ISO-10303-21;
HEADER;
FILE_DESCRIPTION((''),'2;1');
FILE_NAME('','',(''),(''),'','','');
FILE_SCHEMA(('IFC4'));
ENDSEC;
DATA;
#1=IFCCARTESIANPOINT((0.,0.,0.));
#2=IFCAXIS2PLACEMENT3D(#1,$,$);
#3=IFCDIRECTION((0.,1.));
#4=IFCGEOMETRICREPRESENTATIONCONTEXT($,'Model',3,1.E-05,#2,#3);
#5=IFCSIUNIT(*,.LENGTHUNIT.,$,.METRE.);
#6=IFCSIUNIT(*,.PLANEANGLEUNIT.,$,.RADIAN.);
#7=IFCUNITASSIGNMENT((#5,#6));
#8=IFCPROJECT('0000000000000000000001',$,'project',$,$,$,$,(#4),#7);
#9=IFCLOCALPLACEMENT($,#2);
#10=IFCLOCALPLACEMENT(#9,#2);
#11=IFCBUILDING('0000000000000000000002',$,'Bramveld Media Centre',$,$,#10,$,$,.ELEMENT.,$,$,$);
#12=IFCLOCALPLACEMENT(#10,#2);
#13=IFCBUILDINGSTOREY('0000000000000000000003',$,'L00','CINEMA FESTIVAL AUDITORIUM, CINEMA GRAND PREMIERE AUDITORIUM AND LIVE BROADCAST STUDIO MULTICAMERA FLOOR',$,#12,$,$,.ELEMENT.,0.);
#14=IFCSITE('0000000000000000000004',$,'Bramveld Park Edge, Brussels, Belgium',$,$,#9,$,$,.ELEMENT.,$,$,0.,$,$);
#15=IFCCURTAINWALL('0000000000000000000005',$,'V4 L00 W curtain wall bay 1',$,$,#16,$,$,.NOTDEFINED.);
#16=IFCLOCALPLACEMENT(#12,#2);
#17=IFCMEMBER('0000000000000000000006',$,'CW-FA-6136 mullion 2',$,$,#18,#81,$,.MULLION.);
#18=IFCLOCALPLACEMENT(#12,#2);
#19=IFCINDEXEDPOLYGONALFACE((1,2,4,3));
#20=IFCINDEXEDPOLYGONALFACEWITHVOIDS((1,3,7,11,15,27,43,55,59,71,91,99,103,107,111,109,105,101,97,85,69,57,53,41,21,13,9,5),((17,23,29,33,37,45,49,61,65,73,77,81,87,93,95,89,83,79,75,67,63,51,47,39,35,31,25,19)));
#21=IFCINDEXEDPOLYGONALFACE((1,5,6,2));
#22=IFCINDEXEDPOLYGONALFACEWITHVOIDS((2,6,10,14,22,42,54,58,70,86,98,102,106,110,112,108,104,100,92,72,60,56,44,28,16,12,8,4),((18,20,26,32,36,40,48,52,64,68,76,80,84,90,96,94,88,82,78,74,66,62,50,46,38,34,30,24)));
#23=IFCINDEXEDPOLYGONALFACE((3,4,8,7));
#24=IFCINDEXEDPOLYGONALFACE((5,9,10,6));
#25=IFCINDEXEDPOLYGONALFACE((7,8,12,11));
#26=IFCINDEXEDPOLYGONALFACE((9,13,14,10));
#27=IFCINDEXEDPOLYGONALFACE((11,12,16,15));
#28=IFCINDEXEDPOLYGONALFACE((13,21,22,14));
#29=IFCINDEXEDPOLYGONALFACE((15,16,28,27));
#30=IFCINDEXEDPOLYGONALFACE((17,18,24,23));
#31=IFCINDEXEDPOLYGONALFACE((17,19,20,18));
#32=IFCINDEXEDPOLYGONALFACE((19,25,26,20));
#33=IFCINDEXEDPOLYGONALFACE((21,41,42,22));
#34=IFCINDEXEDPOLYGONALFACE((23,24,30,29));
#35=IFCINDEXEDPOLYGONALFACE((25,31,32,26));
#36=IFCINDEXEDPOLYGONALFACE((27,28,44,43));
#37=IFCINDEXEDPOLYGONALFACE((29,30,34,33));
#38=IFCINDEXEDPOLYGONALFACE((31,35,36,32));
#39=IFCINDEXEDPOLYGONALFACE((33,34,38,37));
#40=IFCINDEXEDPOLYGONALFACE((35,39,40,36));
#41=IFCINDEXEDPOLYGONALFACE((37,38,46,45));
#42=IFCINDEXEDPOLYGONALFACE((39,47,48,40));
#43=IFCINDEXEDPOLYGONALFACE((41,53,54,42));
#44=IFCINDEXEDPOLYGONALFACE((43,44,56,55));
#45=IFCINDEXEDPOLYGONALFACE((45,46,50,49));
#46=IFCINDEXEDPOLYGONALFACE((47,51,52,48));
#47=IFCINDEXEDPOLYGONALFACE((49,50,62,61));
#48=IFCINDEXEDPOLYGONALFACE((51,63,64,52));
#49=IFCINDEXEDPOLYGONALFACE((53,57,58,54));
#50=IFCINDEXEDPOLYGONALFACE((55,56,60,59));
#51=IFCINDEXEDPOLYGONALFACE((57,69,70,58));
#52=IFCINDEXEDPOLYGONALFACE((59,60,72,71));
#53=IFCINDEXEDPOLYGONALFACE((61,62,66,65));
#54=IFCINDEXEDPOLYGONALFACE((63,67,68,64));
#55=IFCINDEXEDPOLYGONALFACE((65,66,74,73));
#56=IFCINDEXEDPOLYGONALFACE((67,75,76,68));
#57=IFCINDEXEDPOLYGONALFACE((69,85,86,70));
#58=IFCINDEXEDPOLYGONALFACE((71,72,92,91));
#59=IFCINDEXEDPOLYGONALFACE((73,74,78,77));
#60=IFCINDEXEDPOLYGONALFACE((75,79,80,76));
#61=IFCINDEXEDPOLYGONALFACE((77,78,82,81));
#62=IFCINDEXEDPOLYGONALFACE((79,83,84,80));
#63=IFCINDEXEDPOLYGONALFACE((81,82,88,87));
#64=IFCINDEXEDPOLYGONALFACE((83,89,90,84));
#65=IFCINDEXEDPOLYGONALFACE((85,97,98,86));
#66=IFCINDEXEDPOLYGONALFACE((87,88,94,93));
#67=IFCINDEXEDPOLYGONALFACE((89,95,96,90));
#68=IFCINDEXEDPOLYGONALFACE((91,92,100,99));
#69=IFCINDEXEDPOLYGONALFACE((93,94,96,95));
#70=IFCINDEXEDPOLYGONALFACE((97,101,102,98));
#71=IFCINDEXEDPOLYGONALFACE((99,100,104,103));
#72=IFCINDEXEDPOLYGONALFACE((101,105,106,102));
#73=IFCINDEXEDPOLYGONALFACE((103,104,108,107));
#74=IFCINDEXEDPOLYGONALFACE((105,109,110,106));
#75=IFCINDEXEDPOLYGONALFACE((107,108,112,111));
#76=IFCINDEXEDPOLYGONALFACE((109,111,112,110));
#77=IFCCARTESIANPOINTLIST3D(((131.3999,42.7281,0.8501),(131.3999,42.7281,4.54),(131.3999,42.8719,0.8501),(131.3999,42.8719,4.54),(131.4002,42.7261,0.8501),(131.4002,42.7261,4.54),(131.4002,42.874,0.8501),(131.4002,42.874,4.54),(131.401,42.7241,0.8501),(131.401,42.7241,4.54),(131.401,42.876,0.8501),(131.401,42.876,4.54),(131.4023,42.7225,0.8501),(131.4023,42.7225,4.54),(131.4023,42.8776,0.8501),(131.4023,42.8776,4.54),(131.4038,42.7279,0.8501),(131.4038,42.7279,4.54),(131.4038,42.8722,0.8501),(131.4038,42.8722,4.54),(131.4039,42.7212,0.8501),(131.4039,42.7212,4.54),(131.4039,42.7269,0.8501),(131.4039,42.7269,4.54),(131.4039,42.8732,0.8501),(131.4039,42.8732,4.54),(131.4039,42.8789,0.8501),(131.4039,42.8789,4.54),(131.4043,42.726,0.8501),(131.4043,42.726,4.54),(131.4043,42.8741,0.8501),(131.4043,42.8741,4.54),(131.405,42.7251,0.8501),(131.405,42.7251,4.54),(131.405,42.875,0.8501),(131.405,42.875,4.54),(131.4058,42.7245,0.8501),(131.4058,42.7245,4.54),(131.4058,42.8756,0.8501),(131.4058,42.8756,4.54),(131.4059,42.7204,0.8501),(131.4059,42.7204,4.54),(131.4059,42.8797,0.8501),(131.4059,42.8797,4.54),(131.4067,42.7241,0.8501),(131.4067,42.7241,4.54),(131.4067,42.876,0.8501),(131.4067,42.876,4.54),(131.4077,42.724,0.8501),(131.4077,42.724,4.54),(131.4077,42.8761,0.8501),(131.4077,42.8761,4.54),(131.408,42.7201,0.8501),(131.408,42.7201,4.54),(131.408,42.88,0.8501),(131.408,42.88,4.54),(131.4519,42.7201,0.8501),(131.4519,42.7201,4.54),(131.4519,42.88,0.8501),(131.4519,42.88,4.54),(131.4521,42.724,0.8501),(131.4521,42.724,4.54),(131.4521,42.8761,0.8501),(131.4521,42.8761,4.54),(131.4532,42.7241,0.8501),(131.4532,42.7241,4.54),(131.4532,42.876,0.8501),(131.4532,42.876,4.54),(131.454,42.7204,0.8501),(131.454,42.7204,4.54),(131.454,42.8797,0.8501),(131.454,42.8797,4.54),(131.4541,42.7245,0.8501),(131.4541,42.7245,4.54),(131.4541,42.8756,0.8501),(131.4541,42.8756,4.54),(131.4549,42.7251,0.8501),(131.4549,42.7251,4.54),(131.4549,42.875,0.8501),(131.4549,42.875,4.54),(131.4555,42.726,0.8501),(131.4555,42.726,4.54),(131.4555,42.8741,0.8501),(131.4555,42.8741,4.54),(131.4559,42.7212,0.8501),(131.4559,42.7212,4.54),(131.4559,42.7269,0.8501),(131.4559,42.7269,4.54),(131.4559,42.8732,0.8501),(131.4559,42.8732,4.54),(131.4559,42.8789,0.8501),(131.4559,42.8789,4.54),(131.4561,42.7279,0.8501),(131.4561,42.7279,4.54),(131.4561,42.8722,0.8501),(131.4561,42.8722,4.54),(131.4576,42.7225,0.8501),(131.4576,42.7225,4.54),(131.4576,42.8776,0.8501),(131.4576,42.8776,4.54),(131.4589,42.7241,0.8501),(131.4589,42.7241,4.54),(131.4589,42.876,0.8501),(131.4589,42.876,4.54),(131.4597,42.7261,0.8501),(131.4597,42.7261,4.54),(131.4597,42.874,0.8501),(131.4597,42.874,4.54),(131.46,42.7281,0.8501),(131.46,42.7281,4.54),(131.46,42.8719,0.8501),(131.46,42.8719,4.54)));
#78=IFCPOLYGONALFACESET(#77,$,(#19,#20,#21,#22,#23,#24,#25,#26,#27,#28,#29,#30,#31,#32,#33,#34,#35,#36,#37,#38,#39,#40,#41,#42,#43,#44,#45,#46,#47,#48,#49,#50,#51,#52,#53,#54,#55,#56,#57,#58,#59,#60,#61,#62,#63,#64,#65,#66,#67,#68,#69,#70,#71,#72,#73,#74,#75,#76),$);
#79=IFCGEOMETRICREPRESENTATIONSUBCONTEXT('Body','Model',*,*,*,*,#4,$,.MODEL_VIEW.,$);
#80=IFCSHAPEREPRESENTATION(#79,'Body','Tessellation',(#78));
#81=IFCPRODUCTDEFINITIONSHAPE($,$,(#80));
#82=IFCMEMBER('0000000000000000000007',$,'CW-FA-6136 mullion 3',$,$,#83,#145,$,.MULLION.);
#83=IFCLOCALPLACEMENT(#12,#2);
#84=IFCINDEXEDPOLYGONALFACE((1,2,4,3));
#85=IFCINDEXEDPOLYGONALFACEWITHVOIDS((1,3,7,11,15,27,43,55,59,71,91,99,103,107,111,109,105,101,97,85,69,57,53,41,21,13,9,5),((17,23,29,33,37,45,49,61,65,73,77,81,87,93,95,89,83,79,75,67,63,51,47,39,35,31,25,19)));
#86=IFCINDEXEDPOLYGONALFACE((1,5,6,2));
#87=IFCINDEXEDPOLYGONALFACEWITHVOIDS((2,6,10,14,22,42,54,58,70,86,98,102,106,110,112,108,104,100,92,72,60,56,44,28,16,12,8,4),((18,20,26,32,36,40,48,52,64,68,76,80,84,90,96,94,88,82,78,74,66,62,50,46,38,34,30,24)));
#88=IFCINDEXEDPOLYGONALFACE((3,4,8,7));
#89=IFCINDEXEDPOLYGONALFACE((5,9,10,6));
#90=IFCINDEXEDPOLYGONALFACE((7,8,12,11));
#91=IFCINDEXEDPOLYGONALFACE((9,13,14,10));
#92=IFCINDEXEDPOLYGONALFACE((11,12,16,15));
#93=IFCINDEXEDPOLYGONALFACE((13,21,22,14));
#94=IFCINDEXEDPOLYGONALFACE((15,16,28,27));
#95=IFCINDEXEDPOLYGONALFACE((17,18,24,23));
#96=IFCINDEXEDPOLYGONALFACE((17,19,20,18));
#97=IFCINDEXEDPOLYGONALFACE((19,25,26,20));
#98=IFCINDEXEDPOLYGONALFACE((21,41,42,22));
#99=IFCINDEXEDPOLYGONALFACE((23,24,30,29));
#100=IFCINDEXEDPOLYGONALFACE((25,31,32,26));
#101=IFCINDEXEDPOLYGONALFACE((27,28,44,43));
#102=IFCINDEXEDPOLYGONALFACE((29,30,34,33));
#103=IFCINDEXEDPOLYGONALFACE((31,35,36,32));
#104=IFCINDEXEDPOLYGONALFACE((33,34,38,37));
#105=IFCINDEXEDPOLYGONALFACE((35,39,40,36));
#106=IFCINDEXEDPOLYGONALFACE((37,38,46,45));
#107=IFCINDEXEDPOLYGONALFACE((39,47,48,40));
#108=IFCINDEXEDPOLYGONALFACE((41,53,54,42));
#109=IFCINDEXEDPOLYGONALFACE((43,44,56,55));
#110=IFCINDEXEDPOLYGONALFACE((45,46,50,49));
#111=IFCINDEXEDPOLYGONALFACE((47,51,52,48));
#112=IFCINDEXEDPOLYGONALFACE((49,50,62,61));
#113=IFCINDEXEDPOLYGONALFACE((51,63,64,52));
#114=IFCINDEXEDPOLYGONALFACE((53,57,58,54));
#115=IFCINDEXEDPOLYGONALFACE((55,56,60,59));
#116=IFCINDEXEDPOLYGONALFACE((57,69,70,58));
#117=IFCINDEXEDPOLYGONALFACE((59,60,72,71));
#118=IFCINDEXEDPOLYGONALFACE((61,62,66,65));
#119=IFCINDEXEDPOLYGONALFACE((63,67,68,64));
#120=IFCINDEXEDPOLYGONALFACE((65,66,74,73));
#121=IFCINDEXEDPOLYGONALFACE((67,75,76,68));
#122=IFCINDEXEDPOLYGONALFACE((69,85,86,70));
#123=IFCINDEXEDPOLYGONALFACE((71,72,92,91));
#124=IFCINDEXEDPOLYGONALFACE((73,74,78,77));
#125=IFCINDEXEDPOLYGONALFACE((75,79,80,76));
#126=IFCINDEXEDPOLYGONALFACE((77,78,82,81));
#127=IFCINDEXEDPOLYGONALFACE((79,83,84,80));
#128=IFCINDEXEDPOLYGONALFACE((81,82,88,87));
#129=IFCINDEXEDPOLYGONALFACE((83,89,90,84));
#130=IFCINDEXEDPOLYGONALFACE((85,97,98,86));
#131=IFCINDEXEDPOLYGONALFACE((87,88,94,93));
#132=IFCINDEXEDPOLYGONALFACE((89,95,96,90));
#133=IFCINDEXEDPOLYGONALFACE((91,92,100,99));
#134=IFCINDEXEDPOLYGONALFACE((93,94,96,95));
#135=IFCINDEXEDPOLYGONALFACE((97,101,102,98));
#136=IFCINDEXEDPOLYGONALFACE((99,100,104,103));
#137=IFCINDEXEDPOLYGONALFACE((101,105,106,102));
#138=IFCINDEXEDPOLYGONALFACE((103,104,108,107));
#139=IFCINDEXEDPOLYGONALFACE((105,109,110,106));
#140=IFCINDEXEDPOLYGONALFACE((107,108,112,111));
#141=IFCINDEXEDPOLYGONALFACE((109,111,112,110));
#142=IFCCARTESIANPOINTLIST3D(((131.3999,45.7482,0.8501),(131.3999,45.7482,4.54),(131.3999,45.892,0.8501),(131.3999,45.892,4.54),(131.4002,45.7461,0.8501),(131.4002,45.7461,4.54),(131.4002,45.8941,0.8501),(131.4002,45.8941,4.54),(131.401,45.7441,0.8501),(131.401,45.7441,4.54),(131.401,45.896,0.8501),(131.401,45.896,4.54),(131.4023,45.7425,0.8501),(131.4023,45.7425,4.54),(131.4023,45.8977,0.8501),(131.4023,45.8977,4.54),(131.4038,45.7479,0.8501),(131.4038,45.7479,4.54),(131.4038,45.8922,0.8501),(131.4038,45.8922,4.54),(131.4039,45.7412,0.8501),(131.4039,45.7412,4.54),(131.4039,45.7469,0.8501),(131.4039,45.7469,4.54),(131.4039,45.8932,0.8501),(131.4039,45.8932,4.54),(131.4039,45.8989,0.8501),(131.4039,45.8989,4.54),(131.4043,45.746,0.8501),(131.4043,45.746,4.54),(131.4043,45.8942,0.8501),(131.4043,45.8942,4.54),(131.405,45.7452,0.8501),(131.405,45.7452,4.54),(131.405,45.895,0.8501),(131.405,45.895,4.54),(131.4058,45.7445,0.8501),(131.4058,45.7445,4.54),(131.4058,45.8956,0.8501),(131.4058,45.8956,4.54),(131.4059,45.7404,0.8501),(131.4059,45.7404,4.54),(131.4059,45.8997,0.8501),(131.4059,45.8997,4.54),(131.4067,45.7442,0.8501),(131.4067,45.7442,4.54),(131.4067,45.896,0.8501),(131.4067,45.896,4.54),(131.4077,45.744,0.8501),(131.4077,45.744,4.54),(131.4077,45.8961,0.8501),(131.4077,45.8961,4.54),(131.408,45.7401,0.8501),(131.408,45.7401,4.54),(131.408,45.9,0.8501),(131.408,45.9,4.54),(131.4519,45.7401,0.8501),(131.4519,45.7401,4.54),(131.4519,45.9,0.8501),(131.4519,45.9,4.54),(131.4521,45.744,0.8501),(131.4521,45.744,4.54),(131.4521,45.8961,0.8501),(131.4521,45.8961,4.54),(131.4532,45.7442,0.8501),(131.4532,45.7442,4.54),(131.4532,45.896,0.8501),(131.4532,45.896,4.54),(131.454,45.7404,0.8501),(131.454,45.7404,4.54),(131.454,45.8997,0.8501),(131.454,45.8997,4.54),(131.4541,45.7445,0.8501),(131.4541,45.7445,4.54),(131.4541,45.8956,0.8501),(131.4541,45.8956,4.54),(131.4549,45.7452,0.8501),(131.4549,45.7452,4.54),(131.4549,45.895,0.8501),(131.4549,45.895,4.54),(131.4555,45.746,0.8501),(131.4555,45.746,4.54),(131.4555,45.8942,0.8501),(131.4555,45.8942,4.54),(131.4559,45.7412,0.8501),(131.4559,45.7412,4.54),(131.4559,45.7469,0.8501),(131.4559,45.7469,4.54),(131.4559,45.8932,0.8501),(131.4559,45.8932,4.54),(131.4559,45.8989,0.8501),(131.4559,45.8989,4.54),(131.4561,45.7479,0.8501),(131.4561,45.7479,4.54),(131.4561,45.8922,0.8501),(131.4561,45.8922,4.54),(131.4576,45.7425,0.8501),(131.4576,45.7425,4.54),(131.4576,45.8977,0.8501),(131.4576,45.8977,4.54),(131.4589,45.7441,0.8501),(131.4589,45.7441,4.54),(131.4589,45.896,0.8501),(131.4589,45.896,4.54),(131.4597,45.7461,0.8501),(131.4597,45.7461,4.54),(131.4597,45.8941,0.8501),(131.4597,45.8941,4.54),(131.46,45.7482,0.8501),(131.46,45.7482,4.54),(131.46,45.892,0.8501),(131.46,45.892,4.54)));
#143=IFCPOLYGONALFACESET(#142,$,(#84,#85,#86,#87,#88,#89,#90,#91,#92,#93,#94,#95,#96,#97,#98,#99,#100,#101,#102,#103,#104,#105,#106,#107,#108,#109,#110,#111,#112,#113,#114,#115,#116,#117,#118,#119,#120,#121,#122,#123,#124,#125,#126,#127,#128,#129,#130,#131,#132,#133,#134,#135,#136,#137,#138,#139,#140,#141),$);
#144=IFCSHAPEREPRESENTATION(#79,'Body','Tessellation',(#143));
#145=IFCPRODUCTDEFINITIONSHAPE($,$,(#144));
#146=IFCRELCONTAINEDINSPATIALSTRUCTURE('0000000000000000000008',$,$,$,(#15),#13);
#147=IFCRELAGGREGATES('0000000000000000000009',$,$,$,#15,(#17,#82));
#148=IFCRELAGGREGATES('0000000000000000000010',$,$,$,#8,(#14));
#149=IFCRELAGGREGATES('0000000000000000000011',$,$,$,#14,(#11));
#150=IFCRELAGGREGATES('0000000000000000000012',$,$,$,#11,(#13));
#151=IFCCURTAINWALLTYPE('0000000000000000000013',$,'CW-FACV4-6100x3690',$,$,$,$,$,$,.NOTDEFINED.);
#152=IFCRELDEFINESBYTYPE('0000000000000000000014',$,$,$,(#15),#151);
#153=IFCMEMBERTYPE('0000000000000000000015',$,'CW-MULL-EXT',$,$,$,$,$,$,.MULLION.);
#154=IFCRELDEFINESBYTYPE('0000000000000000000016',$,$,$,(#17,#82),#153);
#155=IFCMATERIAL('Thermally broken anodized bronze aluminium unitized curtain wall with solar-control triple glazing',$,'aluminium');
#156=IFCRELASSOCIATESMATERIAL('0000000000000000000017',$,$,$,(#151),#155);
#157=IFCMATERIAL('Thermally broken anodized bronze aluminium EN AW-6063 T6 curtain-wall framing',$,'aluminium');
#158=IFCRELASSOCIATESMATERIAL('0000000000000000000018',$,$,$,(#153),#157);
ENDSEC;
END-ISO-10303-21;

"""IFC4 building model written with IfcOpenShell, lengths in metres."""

from ifc_helpers import new_model, si_unit, direction, frame, origin, origin_2d, place, context, subcontext, project, spatial, hollow_rectangle, extrude, material, material_profile, profile_set, type_object, element, aggregate, save


model = new_model("IFC4")

# Units and contexts
model_context = context("Model", 3, precision=1e-05, world=origin(), true_north=direction((0.0, 1.0)))
body_context = subcontext(model_context, "Body", "Model", "MODEL_VIEW")
ifc_project = project(units=[si_unit("LENGTHUNIT", "METRE"), si_unit("PLANEANGLEUNIT", "RADIAN")], contexts=[model_context])

# Site, building, storey
site_placement = place(None, origin())
site = spatial("IfcSite", under=ifc_project, at=site_placement, Name="Bramveld Park Edge, Brussels, Belgium", CompositionType="ELEMENT", RefElevation=0.0)
building_placement = place(site_placement, origin())
building = spatial("IfcBuilding", under=site, at=building_placement, Name="Bramveld Media Centre", CompositionType="ELEMENT")
storey_placement = place(building_placement, origin())
storey = spatial("IfcBuildingStorey", under=building, at=storey_placement, Name="L00", Description="CINEMA FESTIVAL AUDITORIUM, CINEMA GRAND PREMIERE AUDITORIUM AND LIVE BROADCAST STUDIO MULTICAMERA FLOOR", CompositionType="ELEMENT", Elevation=0.0)

# Curtain wall, members
ifc_material_1 = material(Name="Thermally broken anodized bronze aluminium unitized curtain wall with solar-control triple glazing", Category="aluminium")
curtain_wall_type = type_object("IfcCurtainWallType", Name="CW-FACV4-6100x3690", PredefinedType="NOTDEFINED", material=ifc_material_1)
curtain_wall_placement = place(storey_placement, origin())
curtain_wall = element("IfcCurtainWall", 1, at=curtain_wall_placement, inside=storey, type_object=curtain_wall_type, Name="V4 L00 W curtain wall bay 1", PredefinedType="NOTDEFINED")
ifc_material_2 = material(Name="Thermally broken anodized bronze aluminium EN AW-6063 T6 curtain-wall framing", Category="aluminium")
ifc_material_profile_1 = material_profile(ifc_material_2, hollow_rectangle(XDim=0.0601, YDim=0.1599, WallThickness=0.0039, InnerFilletRadius=0.0039, OuterFilletRadius=0.0081, at=origin_2d()), Name="AL-MULL 60x160")
ifc_profile_set_1 = profile_set([ifc_material_profile_1], Name="Thermally broken anodized bronze aluminium EN AW-6063 T6 curtain-wall framing")
member_type_1 = type_object("IfcMemberType", Name="CW-MULL-EXT", PredefinedType="MULLION", material=ifc_profile_set_1)
member_1_placement = place(storey_placement, frame((131.4299, 42.8, 0.8501), z_axis=(0.0, 0.0, 1.0), x_axis=(-1.0, 0.0, 0.0)))
member_1 = element("IfcMember", 2, at=member_1_placement, type_object=member_type_1, Name="CW-FA-6136 mullion 2", PredefinedType="MULLION", context=body_context, shape_type="SweptSolid", body=[
    extrude(hollow_rectangle(XDim=0.0601, YDim=0.1599, WallThickness=0.0039, InnerFilletRadius=0.0039, OuterFilletRadius=0.0081, at=origin_2d()), origin(), (0.0, 0.0, 1.0), 3.6899),
])
member_2_placement = place(storey_placement, frame((131.4299, 45.8201, 0.8501), z_axis=(0.0, 0.0, 1.0), x_axis=(-1.0, 0.0, 0.0)))
member_2 = element("IfcMember", 3, at=member_2_placement, type_object=member_type_1, Name="CW-FA-6136 mullion 3", PredefinedType="MULLION", context=body_context, shape_type="SweptSolid", body=[
    extrude(hollow_rectangle(XDim=0.0601, YDim=0.1599, WallThickness=0.0039, InnerFilletRadius=0.0039, OuterFilletRadius=0.0081, at=origin_2d()), origin(), (0.0, 0.0, 1.0), 3.6899),
])

aggregate(curtain_wall, [member_1, member_2])

save(model, "model.ifc")
